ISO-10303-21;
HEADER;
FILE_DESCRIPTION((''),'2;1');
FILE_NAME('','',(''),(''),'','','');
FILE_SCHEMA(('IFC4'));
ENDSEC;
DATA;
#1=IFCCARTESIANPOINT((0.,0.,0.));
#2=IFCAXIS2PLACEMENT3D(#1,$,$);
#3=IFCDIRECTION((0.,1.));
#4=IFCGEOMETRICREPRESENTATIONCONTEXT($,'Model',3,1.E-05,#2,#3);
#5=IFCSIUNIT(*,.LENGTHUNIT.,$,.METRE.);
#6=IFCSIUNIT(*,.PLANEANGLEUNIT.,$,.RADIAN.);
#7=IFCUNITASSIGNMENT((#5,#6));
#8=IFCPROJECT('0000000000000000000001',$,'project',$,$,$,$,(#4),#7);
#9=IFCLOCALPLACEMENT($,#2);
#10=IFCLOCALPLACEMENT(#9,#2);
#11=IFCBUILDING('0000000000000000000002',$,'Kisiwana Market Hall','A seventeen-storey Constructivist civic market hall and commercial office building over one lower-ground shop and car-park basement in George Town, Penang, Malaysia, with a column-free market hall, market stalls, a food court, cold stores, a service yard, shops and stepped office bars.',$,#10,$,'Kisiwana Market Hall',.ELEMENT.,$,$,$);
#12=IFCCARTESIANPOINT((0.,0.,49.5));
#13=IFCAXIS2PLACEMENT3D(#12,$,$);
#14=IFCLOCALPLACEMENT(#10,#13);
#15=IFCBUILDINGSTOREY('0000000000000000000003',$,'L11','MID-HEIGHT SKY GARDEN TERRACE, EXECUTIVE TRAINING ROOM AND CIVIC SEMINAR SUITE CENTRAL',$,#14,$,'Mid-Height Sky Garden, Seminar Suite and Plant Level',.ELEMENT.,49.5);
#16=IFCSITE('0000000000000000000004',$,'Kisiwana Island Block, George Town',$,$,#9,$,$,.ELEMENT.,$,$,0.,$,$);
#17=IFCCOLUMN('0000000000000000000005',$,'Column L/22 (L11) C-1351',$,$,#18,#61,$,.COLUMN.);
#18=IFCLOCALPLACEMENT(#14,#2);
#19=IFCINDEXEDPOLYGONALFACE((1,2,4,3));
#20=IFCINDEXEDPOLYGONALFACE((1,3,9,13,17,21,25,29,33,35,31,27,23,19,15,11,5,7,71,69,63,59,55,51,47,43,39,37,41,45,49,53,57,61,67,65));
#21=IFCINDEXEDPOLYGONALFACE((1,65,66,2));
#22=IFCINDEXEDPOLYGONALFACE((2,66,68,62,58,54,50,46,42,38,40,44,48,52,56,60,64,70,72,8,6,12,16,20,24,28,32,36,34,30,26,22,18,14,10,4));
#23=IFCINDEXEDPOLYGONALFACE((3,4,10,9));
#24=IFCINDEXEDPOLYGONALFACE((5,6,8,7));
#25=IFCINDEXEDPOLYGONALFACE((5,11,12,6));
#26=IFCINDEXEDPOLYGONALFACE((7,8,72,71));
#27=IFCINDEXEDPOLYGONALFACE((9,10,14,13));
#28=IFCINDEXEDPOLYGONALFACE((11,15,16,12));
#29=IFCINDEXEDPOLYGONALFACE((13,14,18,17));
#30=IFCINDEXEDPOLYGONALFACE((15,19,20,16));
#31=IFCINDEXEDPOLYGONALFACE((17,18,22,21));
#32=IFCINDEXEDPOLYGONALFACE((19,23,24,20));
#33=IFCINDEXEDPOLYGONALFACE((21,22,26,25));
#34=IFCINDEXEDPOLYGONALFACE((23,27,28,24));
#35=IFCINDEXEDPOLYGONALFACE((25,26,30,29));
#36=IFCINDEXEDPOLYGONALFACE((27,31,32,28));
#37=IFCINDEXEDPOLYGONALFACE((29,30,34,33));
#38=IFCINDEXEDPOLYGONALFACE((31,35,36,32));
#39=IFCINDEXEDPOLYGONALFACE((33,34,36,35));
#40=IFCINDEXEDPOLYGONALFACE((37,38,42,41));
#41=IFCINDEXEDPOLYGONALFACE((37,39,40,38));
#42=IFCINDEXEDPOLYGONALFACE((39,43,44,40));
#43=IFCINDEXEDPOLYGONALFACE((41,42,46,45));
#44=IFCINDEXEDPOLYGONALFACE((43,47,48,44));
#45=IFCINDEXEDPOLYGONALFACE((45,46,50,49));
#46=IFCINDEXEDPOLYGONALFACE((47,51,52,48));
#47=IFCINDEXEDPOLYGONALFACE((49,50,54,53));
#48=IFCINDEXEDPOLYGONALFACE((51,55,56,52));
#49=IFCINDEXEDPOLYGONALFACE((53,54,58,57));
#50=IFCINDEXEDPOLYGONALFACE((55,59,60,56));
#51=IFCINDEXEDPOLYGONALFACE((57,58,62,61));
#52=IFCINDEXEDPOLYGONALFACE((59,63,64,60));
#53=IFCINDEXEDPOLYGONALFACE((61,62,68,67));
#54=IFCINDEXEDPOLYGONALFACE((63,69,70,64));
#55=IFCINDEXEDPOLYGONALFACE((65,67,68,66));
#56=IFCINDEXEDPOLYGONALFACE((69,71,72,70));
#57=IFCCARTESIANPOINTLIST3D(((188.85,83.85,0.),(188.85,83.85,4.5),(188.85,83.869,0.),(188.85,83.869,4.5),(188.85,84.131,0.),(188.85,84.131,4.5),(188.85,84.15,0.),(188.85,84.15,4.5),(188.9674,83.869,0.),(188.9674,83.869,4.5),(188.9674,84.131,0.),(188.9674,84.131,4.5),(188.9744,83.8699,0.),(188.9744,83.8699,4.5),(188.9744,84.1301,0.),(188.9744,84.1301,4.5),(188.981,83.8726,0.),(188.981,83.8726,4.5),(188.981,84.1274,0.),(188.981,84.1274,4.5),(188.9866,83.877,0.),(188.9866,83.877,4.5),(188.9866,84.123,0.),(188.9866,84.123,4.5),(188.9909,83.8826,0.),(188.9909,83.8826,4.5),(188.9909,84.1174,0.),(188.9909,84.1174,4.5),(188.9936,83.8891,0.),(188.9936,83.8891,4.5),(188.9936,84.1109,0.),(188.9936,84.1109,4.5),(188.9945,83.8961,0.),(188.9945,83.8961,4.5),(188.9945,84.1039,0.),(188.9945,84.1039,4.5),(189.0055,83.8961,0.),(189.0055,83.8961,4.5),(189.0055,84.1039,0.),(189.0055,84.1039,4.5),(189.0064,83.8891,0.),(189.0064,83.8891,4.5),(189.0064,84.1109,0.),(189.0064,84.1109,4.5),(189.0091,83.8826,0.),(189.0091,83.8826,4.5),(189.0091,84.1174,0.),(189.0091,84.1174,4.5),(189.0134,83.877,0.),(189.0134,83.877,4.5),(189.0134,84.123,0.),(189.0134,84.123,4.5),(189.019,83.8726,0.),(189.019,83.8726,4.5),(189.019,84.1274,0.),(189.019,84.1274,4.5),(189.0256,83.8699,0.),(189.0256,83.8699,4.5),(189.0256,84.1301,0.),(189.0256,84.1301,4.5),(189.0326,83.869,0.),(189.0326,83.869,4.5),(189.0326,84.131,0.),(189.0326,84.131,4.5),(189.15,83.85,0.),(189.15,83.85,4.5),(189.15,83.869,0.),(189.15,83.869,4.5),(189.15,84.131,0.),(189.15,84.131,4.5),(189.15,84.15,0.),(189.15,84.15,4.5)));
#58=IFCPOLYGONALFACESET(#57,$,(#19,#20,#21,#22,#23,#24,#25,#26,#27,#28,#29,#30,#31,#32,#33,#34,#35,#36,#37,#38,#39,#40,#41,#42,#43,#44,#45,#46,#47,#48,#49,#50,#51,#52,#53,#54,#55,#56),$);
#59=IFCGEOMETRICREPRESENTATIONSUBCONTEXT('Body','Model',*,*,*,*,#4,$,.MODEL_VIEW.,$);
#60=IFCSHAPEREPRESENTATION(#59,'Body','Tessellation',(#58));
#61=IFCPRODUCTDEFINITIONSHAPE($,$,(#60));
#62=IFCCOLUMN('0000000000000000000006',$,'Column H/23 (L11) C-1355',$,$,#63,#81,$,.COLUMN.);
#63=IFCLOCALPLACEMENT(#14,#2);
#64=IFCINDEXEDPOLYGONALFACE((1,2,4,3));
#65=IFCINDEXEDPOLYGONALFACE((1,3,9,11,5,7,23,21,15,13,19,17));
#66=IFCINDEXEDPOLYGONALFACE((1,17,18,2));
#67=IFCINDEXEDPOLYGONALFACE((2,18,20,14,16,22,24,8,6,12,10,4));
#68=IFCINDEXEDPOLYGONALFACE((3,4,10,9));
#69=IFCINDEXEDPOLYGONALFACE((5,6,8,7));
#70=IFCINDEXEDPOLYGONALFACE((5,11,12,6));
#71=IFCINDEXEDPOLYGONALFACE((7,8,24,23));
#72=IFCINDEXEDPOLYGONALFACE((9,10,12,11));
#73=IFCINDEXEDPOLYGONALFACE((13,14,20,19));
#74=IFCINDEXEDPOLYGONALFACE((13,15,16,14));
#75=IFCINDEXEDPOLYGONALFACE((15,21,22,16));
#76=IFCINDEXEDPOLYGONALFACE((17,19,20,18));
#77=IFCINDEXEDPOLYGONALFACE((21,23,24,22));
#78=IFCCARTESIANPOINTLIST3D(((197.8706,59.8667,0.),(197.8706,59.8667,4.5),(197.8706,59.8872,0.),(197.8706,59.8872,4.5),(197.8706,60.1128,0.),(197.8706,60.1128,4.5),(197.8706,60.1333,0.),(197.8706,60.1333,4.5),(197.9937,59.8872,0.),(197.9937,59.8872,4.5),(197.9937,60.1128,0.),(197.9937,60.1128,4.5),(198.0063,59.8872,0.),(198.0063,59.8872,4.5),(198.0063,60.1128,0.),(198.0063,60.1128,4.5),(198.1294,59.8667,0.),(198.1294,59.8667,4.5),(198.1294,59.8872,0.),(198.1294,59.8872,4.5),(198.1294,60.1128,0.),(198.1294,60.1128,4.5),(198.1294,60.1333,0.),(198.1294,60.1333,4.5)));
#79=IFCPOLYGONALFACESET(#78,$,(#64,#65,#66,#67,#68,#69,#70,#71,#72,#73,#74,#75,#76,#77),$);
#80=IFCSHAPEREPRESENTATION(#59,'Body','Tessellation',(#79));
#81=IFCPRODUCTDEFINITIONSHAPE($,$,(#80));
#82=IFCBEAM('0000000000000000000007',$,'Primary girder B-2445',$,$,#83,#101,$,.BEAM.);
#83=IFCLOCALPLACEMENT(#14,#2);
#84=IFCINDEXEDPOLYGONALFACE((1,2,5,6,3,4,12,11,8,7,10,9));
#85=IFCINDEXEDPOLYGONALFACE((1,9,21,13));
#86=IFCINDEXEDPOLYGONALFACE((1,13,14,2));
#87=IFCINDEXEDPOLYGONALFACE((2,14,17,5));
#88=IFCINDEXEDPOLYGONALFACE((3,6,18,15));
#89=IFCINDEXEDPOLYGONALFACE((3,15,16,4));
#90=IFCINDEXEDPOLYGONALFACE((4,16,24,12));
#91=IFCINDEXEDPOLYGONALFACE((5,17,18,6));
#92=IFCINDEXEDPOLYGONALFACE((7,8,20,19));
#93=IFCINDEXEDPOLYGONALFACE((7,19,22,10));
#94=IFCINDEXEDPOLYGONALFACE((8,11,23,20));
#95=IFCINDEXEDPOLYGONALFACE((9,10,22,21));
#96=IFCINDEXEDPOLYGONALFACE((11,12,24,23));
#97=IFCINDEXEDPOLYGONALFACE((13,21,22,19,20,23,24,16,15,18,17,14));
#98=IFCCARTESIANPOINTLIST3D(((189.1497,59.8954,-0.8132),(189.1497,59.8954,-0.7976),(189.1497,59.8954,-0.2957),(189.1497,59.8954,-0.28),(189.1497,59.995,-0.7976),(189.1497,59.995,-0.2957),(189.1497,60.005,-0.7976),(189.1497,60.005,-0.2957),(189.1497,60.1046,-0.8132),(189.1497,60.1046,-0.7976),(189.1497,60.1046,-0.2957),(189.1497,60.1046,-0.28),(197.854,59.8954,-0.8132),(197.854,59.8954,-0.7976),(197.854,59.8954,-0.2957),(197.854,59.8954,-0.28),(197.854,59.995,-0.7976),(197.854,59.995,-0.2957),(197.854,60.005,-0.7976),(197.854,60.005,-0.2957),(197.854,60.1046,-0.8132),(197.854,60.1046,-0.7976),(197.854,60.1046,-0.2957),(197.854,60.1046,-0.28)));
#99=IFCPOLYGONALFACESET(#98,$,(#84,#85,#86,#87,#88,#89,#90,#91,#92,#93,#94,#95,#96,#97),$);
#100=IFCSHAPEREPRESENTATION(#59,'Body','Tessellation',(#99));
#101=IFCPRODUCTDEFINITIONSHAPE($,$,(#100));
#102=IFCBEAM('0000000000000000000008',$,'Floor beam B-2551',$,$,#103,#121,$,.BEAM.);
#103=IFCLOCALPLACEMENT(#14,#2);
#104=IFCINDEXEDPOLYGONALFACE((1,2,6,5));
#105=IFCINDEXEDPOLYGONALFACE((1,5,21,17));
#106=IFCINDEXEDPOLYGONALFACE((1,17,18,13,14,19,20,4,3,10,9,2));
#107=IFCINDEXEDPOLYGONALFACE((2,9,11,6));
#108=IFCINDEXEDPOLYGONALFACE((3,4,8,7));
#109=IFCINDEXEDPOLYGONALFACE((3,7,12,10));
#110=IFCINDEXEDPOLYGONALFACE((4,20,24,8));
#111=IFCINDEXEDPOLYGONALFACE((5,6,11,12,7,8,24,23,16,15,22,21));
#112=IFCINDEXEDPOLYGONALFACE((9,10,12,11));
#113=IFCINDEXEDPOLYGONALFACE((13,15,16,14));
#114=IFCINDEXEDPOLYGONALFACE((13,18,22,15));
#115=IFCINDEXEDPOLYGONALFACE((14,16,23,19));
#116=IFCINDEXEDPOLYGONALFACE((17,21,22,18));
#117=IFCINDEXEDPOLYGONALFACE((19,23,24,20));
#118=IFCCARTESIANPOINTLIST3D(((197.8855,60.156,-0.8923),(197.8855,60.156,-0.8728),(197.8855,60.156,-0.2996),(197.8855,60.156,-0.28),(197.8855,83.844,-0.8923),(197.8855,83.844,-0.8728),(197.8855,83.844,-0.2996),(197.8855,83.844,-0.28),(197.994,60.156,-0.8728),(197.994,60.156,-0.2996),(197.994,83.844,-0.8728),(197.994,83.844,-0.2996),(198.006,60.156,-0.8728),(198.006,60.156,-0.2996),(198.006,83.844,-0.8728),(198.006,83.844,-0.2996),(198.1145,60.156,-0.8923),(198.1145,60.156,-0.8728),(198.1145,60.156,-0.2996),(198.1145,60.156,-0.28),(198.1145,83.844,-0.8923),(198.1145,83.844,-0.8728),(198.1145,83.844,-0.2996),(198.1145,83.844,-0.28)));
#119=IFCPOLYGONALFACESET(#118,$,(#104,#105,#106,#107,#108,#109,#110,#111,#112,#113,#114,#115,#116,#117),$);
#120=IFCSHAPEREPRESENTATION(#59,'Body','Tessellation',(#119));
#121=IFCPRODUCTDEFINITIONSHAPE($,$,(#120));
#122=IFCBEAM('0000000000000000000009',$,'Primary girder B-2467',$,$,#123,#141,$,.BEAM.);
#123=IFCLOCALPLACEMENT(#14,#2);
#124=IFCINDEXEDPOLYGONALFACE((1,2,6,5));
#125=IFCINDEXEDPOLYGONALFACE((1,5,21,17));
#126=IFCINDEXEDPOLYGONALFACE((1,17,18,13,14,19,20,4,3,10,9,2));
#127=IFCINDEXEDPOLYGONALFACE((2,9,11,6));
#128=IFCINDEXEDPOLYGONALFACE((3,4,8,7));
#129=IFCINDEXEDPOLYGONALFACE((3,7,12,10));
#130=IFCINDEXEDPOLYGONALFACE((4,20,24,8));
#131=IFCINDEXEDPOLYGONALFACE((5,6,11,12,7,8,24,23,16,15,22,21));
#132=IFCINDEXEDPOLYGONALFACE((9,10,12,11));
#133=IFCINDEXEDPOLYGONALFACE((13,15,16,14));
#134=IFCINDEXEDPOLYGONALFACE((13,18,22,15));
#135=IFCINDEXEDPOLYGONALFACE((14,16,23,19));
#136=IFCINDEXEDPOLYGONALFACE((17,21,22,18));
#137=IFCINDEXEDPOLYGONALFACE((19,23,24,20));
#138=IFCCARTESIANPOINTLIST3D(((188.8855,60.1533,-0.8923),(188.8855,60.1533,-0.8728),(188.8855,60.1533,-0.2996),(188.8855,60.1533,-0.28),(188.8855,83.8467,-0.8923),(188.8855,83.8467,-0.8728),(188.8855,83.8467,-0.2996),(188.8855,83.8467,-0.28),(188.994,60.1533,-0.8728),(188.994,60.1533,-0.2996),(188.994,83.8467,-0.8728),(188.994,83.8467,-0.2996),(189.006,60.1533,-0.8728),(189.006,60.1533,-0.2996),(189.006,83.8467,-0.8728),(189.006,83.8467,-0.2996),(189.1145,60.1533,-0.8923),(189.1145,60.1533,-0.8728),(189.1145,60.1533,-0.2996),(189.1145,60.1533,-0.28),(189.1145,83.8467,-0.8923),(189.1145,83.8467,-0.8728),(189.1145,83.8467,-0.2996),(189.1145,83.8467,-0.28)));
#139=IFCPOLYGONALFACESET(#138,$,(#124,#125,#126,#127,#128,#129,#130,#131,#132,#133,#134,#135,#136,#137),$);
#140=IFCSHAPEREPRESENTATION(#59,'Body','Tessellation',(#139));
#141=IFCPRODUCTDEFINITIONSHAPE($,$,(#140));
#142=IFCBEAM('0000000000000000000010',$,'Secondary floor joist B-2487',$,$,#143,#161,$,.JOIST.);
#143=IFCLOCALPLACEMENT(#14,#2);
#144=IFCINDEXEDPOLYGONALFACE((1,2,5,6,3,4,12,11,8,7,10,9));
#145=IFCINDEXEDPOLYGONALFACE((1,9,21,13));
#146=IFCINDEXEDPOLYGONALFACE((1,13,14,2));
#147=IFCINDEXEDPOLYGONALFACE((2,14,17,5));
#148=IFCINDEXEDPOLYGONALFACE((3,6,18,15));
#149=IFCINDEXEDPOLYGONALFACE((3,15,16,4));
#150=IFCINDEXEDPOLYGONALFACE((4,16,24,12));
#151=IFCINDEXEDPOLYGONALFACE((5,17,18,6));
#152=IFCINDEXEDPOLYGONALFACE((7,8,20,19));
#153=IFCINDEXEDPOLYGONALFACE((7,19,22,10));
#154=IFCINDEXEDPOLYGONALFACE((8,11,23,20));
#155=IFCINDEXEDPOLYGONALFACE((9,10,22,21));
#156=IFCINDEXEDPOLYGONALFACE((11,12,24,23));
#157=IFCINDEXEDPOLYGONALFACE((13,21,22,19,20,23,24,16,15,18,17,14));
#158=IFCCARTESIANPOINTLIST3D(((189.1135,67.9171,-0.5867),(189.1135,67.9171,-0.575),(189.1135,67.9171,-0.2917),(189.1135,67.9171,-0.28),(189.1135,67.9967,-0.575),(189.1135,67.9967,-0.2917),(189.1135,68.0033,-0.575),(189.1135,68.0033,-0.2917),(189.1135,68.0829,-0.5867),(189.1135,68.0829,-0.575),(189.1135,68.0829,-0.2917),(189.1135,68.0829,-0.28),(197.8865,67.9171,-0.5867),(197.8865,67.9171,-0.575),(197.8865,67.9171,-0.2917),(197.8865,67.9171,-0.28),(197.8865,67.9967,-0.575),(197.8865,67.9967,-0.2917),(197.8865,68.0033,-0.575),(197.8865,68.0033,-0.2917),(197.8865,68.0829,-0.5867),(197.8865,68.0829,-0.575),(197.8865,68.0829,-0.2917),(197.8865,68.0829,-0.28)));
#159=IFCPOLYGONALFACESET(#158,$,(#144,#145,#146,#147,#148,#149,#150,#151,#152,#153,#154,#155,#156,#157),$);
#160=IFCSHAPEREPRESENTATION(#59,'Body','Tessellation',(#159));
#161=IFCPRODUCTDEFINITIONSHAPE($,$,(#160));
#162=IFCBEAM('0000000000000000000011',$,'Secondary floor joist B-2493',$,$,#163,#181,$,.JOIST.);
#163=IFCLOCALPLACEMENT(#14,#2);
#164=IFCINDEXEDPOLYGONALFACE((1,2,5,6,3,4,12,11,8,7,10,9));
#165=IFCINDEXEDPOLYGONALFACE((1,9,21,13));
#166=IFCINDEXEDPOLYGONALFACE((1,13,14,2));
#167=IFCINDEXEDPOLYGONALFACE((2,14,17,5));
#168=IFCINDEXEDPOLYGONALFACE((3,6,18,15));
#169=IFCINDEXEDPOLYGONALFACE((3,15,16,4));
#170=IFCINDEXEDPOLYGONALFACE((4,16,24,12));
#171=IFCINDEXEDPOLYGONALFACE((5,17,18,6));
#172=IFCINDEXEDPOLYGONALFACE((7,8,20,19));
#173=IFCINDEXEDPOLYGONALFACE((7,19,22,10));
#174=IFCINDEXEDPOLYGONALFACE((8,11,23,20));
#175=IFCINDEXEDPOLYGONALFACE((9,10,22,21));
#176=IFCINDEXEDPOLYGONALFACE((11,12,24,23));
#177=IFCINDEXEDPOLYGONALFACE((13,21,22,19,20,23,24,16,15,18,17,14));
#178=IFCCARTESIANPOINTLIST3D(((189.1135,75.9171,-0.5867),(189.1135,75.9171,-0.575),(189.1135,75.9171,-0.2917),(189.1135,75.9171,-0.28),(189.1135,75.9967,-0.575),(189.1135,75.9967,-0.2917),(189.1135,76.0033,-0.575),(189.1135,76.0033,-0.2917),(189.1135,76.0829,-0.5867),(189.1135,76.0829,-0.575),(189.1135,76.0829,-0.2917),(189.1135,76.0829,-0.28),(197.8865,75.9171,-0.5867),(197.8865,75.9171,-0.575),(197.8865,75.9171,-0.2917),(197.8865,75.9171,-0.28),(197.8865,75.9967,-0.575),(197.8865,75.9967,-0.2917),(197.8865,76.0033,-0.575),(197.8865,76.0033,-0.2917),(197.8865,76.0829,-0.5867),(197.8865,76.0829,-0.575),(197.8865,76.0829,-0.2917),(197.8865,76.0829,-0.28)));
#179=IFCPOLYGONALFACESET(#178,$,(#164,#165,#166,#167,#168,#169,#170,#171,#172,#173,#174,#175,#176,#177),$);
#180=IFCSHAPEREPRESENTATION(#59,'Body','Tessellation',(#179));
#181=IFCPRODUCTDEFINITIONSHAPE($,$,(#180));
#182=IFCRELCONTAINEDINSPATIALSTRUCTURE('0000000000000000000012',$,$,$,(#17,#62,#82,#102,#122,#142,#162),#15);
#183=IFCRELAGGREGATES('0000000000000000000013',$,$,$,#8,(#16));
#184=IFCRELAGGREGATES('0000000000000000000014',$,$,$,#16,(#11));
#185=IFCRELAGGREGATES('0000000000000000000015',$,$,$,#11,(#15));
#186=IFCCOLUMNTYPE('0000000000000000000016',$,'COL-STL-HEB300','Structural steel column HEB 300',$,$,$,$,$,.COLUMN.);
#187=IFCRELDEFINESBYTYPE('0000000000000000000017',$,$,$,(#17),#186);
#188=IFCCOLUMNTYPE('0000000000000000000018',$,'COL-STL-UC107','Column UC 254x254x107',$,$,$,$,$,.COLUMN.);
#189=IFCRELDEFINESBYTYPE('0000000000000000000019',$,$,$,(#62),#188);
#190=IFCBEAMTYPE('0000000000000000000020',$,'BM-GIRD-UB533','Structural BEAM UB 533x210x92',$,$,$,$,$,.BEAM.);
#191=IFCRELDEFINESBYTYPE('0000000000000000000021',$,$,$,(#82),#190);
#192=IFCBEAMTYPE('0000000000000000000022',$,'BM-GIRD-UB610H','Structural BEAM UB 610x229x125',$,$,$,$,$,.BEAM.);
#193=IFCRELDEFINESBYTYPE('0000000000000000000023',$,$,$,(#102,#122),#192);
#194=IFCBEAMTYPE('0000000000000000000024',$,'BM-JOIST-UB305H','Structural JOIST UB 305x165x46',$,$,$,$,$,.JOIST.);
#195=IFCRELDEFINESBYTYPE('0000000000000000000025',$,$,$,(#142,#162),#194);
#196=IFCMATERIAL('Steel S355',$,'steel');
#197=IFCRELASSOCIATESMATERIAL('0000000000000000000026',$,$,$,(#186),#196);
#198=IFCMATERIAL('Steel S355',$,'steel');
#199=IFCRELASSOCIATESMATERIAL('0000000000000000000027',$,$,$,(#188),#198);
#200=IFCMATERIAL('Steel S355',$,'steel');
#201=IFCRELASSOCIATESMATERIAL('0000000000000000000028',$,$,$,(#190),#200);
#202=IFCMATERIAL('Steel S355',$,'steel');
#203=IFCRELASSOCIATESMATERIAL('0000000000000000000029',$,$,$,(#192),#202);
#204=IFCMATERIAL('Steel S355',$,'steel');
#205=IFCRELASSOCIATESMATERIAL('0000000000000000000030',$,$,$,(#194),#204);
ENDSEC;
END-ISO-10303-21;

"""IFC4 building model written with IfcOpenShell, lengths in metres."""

from ifc_helpers import new_model, si_unit, direction, frame, origin, origin_2d, place, context, subcontext, project, spatial, i_section, extrude, material, material_profile, profile_set, type_object, element, save


model = new_model("IFC4")

# Units and contexts
model_context = context("Model", 3, precision=1e-05, world=origin(), true_north=direction((0.0, 1.0)))
body_context = subcontext(model_context, "Body", "Model", "MODEL_VIEW")
ifc_project = project(units=[si_unit("LENGTHUNIT", "METRE"), si_unit("PLANEANGLEUNIT", "RADIAN")], contexts=[model_context])

# Site, building, storey
site_placement = place(None, origin())
site = spatial("IfcSite", under=ifc_project, at=site_placement, Name="Kisiwana Island Block, George Town", CompositionType="ELEMENT", RefElevation=0.0)
building_placement = place(site_placement, origin())
building = spatial("IfcBuilding", under=site, at=building_placement, Name="Kisiwana Market Hall", Description="A seventeen-storey Constructivist civic market hall and commercial office building over one lower-ground shop and car-park basement in George Town, Penang, Malaysia, with a column-free market hall, market stalls, a food court, cold stores, a service yard, shops and stepped office bars.", LongName="Kisiwana Market Hall", CompositionType="ELEMENT")
storey_placement = place(building_placement, frame((0.0, 0.0, 49.5)))
storey = spatial("IfcBuildingStorey", under=building, at=storey_placement, Name="L11", Description="MID-HEIGHT SKY GARDEN TERRACE, EXECUTIVE TRAINING ROOM AND CIVIC SEMINAR SUITE CENTRAL", LongName="Mid-Height Sky Garden, Seminar Suite and Plant Level", CompositionType="ELEMENT", Elevation=49.5)

# Columns
ifc_material_1 = material(Name="Steel S355", Category="steel")
ifc_material_profile_1 = material_profile(ifc_material_1, i_section(OverallWidth=0.3, OverallDepth=0.3, WebThickness=0.011, FlangeThickness=0.019, FilletRadius=0.0271, at=origin_2d()), Name="HEB 300")
ifc_profile_set_1 = profile_set([ifc_material_profile_1], Name="Steel S355")
column_type_1 = type_object("IfcColumnType", Name="COL-STL-HEB300", Description="Structural steel column HEB 300", PredefinedType="COLUMN", material=ifc_profile_set_1)
column_1_placement = place(storey_placement, frame((189.0, 84.0, 0.0), z_axis=(0.0, 0.0, 1.0), x_axis=(1.0, 0.0, 0.0)))
element("IfcColumn", 1, at=column_1_placement, inside=storey, type_object=column_type_1, Name="Column L/22 (L11) C-1351", PredefinedType="COLUMN", context=body_context, shape_type="SweptSolid", body=[
    extrude(i_section(OverallWidth=0.3, OverallDepth=0.3, WebThickness=0.011, FlangeThickness=0.019, FilletRadius=0.0271, at=origin_2d()), origin(), (0.0, 0.0, 1.0), 4.5),
])
ifc_material_2 = material(Name="Steel S355", Category="steel")
ifc_material_profile_2 = material_profile(ifc_material_2, i_section(OverallWidth=0.2588, OverallDepth=0.2666, WebThickness=0.0127, FlangeThickness=0.0205, at=origin_2d()), Name="UC 254x254x107")
ifc_profile_set_2 = profile_set([ifc_material_profile_2], Name="Steel S355")
column_type_2 = type_object("IfcColumnType", Name="COL-STL-UC107", Description="Column UC 254x254x107", PredefinedType="COLUMN", material=ifc_profile_set_2)
column_2_placement = place(storey_placement, frame((198.0, 60.0, 0.0), z_axis=(0.0, 0.0, 1.0), x_axis=(1.0, 0.0, 0.0)))
element("IfcColumn", 2, at=column_2_placement, inside=storey, type_object=column_type_2, Name="Column H/23 (L11) C-1355", PredefinedType="COLUMN", context=body_context, shape_type="SweptSolid", body=[
    extrude(i_section(OverallWidth=0.2588, OverallDepth=0.2666, WebThickness=0.0127, FlangeThickness=0.0205, at=origin_2d()), origin(), (0.0, 0.0, 1.0), 4.5),
])

# Beams
ifc_material_3 = material(Name="Steel S355", Category="steel")
ifc_material_profile_3 = material_profile(ifc_material_3, i_section(OverallWidth=0.2092, OverallDepth=0.5332, WebThickness=0.01, FlangeThickness=0.0156, at=origin_2d()), Name="UB 533x210x92")
ifc_profile_set_3 = profile_set([ifc_material_profile_3], Name="Steel S355")
beam_type_1 = type_object("IfcBeamType", Name="BM-GIRD-UB533", Description="Structural BEAM UB 533x210x92", PredefinedType="BEAM", material=ifc_profile_set_3)
beam_1_placement = place(storey_placement, frame((189.1497, 60.0, -0.5466), z_axis=(1.0, 0.0, 0.0), x_axis=(0.0, 1.0, 0.0)))
element("IfcBeam", 3, at=beam_1_placement, inside=storey, type_object=beam_type_1, Name="Primary girder B-2445", PredefinedType="BEAM", context=body_context, shape_type="SweptSolid", body=[
    extrude(i_section(OverallWidth=0.2092, OverallDepth=0.5332, WebThickness=0.01, FlangeThickness=0.0156, at=origin_2d()), origin(), (0.0, 0.0, 1.0), 8.7043),
])
ifc_material_4 = material(Name="Steel S355", Category="steel")
ifc_material_profile_4 = material_profile(ifc_material_4, i_section(OverallWidth=0.229, OverallDepth=0.6123, WebThickness=0.012, FlangeThickness=0.0195, at=origin_2d()), Name="UB 610x229x125")
ifc_profile_set_4 = profile_set([ifc_material_profile_4], Name="Steel S355")
beam_type_2 = type_object("IfcBeamType", Name="BM-GIRD-UB610H", Description="Structural BEAM UB 610x229x125", PredefinedType="BEAM", material=ifc_profile_set_4)
beam_2_placement = place(storey_placement, frame((198.0, 60.156, -0.5862), z_axis=(0.0, 1.0, 0.0), x_axis=(-1.0, 0.0, 0.0)))
element("IfcBeam", 4, at=beam_2_placement, inside=storey, type_object=beam_type_2, Name="Floor beam B-2551", PredefinedType="BEAM", context=body_context, shape_type="SweptSolid", body=[
    extrude(i_section(OverallWidth=0.229, OverallDepth=0.6123, WebThickness=0.012, FlangeThickness=0.0195, at=origin_2d()), origin(), (0.0, 0.0, 1.0), 23.688),
])
beam_3_placement = place(storey_placement, frame((189.0, 60.1533, -0.5862), z_axis=(0.0, 1.0, 0.0), x_axis=(-1.0, 0.0, 0.0)))
element("IfcBeam", 5, at=beam_3_placement, inside=storey, type_object=beam_type_2, Name="Primary girder B-2467", PredefinedType="BEAM", context=body_context, shape_type="SweptSolid", body=[
    extrude(i_section(OverallWidth=0.229, OverallDepth=0.6123, WebThickness=0.012, FlangeThickness=0.0195, at=origin_2d()), origin(), (0.0, 0.0, 1.0), 23.6934),
])
ifc_material_5 = material(Name="Steel S355", Category="steel")
ifc_material_profile_5 = material_profile(ifc_material_5, i_section(OverallWidth=0.1658, OverallDepth=0.3066, WebThickness=0.0066, FlangeThickness=0.0117, at=origin_2d()), Name="UB 305x165x46")
ifc_profile_set_5 = profile_set([ifc_material_profile_5], Name="Steel S355")
beam_type_3 = type_object("IfcBeamType", Name="BM-JOIST-UB305H", Description="Structural JOIST UB 305x165x46", PredefinedType="JOIST", material=ifc_profile_set_5)
for number, where, z_axis, x_axis, name in (
    (6, (189.1135, 68.0, -0.4333), (1.0, 0.0, 0.0), (0.0, 1.0, 0.0), "Secondary floor joist B-2487"),
    (7, (189.1135, 76.0, -0.4333), (1.0, 0.0, 0.0), (0.0, 1.0, 0.0), "Secondary floor joist B-2493"),
):
    element("IfcBeam", number, at=place(storey_placement, frame(where, z_axis=z_axis, x_axis=x_axis)), inside=storey, type_object=beam_type_3, Name=name, PredefinedType="JOIST", context=body_context, shape_type="SweptSolid", body=[
        extrude(i_section(OverallWidth=0.1658, OverallDepth=0.3066, WebThickness=0.0066, FlangeThickness=0.0117, at=origin_2d()), origin(), (0.0, 0.0, 1.0), 8.7729),
    ])

save(model, "model.ifc")
